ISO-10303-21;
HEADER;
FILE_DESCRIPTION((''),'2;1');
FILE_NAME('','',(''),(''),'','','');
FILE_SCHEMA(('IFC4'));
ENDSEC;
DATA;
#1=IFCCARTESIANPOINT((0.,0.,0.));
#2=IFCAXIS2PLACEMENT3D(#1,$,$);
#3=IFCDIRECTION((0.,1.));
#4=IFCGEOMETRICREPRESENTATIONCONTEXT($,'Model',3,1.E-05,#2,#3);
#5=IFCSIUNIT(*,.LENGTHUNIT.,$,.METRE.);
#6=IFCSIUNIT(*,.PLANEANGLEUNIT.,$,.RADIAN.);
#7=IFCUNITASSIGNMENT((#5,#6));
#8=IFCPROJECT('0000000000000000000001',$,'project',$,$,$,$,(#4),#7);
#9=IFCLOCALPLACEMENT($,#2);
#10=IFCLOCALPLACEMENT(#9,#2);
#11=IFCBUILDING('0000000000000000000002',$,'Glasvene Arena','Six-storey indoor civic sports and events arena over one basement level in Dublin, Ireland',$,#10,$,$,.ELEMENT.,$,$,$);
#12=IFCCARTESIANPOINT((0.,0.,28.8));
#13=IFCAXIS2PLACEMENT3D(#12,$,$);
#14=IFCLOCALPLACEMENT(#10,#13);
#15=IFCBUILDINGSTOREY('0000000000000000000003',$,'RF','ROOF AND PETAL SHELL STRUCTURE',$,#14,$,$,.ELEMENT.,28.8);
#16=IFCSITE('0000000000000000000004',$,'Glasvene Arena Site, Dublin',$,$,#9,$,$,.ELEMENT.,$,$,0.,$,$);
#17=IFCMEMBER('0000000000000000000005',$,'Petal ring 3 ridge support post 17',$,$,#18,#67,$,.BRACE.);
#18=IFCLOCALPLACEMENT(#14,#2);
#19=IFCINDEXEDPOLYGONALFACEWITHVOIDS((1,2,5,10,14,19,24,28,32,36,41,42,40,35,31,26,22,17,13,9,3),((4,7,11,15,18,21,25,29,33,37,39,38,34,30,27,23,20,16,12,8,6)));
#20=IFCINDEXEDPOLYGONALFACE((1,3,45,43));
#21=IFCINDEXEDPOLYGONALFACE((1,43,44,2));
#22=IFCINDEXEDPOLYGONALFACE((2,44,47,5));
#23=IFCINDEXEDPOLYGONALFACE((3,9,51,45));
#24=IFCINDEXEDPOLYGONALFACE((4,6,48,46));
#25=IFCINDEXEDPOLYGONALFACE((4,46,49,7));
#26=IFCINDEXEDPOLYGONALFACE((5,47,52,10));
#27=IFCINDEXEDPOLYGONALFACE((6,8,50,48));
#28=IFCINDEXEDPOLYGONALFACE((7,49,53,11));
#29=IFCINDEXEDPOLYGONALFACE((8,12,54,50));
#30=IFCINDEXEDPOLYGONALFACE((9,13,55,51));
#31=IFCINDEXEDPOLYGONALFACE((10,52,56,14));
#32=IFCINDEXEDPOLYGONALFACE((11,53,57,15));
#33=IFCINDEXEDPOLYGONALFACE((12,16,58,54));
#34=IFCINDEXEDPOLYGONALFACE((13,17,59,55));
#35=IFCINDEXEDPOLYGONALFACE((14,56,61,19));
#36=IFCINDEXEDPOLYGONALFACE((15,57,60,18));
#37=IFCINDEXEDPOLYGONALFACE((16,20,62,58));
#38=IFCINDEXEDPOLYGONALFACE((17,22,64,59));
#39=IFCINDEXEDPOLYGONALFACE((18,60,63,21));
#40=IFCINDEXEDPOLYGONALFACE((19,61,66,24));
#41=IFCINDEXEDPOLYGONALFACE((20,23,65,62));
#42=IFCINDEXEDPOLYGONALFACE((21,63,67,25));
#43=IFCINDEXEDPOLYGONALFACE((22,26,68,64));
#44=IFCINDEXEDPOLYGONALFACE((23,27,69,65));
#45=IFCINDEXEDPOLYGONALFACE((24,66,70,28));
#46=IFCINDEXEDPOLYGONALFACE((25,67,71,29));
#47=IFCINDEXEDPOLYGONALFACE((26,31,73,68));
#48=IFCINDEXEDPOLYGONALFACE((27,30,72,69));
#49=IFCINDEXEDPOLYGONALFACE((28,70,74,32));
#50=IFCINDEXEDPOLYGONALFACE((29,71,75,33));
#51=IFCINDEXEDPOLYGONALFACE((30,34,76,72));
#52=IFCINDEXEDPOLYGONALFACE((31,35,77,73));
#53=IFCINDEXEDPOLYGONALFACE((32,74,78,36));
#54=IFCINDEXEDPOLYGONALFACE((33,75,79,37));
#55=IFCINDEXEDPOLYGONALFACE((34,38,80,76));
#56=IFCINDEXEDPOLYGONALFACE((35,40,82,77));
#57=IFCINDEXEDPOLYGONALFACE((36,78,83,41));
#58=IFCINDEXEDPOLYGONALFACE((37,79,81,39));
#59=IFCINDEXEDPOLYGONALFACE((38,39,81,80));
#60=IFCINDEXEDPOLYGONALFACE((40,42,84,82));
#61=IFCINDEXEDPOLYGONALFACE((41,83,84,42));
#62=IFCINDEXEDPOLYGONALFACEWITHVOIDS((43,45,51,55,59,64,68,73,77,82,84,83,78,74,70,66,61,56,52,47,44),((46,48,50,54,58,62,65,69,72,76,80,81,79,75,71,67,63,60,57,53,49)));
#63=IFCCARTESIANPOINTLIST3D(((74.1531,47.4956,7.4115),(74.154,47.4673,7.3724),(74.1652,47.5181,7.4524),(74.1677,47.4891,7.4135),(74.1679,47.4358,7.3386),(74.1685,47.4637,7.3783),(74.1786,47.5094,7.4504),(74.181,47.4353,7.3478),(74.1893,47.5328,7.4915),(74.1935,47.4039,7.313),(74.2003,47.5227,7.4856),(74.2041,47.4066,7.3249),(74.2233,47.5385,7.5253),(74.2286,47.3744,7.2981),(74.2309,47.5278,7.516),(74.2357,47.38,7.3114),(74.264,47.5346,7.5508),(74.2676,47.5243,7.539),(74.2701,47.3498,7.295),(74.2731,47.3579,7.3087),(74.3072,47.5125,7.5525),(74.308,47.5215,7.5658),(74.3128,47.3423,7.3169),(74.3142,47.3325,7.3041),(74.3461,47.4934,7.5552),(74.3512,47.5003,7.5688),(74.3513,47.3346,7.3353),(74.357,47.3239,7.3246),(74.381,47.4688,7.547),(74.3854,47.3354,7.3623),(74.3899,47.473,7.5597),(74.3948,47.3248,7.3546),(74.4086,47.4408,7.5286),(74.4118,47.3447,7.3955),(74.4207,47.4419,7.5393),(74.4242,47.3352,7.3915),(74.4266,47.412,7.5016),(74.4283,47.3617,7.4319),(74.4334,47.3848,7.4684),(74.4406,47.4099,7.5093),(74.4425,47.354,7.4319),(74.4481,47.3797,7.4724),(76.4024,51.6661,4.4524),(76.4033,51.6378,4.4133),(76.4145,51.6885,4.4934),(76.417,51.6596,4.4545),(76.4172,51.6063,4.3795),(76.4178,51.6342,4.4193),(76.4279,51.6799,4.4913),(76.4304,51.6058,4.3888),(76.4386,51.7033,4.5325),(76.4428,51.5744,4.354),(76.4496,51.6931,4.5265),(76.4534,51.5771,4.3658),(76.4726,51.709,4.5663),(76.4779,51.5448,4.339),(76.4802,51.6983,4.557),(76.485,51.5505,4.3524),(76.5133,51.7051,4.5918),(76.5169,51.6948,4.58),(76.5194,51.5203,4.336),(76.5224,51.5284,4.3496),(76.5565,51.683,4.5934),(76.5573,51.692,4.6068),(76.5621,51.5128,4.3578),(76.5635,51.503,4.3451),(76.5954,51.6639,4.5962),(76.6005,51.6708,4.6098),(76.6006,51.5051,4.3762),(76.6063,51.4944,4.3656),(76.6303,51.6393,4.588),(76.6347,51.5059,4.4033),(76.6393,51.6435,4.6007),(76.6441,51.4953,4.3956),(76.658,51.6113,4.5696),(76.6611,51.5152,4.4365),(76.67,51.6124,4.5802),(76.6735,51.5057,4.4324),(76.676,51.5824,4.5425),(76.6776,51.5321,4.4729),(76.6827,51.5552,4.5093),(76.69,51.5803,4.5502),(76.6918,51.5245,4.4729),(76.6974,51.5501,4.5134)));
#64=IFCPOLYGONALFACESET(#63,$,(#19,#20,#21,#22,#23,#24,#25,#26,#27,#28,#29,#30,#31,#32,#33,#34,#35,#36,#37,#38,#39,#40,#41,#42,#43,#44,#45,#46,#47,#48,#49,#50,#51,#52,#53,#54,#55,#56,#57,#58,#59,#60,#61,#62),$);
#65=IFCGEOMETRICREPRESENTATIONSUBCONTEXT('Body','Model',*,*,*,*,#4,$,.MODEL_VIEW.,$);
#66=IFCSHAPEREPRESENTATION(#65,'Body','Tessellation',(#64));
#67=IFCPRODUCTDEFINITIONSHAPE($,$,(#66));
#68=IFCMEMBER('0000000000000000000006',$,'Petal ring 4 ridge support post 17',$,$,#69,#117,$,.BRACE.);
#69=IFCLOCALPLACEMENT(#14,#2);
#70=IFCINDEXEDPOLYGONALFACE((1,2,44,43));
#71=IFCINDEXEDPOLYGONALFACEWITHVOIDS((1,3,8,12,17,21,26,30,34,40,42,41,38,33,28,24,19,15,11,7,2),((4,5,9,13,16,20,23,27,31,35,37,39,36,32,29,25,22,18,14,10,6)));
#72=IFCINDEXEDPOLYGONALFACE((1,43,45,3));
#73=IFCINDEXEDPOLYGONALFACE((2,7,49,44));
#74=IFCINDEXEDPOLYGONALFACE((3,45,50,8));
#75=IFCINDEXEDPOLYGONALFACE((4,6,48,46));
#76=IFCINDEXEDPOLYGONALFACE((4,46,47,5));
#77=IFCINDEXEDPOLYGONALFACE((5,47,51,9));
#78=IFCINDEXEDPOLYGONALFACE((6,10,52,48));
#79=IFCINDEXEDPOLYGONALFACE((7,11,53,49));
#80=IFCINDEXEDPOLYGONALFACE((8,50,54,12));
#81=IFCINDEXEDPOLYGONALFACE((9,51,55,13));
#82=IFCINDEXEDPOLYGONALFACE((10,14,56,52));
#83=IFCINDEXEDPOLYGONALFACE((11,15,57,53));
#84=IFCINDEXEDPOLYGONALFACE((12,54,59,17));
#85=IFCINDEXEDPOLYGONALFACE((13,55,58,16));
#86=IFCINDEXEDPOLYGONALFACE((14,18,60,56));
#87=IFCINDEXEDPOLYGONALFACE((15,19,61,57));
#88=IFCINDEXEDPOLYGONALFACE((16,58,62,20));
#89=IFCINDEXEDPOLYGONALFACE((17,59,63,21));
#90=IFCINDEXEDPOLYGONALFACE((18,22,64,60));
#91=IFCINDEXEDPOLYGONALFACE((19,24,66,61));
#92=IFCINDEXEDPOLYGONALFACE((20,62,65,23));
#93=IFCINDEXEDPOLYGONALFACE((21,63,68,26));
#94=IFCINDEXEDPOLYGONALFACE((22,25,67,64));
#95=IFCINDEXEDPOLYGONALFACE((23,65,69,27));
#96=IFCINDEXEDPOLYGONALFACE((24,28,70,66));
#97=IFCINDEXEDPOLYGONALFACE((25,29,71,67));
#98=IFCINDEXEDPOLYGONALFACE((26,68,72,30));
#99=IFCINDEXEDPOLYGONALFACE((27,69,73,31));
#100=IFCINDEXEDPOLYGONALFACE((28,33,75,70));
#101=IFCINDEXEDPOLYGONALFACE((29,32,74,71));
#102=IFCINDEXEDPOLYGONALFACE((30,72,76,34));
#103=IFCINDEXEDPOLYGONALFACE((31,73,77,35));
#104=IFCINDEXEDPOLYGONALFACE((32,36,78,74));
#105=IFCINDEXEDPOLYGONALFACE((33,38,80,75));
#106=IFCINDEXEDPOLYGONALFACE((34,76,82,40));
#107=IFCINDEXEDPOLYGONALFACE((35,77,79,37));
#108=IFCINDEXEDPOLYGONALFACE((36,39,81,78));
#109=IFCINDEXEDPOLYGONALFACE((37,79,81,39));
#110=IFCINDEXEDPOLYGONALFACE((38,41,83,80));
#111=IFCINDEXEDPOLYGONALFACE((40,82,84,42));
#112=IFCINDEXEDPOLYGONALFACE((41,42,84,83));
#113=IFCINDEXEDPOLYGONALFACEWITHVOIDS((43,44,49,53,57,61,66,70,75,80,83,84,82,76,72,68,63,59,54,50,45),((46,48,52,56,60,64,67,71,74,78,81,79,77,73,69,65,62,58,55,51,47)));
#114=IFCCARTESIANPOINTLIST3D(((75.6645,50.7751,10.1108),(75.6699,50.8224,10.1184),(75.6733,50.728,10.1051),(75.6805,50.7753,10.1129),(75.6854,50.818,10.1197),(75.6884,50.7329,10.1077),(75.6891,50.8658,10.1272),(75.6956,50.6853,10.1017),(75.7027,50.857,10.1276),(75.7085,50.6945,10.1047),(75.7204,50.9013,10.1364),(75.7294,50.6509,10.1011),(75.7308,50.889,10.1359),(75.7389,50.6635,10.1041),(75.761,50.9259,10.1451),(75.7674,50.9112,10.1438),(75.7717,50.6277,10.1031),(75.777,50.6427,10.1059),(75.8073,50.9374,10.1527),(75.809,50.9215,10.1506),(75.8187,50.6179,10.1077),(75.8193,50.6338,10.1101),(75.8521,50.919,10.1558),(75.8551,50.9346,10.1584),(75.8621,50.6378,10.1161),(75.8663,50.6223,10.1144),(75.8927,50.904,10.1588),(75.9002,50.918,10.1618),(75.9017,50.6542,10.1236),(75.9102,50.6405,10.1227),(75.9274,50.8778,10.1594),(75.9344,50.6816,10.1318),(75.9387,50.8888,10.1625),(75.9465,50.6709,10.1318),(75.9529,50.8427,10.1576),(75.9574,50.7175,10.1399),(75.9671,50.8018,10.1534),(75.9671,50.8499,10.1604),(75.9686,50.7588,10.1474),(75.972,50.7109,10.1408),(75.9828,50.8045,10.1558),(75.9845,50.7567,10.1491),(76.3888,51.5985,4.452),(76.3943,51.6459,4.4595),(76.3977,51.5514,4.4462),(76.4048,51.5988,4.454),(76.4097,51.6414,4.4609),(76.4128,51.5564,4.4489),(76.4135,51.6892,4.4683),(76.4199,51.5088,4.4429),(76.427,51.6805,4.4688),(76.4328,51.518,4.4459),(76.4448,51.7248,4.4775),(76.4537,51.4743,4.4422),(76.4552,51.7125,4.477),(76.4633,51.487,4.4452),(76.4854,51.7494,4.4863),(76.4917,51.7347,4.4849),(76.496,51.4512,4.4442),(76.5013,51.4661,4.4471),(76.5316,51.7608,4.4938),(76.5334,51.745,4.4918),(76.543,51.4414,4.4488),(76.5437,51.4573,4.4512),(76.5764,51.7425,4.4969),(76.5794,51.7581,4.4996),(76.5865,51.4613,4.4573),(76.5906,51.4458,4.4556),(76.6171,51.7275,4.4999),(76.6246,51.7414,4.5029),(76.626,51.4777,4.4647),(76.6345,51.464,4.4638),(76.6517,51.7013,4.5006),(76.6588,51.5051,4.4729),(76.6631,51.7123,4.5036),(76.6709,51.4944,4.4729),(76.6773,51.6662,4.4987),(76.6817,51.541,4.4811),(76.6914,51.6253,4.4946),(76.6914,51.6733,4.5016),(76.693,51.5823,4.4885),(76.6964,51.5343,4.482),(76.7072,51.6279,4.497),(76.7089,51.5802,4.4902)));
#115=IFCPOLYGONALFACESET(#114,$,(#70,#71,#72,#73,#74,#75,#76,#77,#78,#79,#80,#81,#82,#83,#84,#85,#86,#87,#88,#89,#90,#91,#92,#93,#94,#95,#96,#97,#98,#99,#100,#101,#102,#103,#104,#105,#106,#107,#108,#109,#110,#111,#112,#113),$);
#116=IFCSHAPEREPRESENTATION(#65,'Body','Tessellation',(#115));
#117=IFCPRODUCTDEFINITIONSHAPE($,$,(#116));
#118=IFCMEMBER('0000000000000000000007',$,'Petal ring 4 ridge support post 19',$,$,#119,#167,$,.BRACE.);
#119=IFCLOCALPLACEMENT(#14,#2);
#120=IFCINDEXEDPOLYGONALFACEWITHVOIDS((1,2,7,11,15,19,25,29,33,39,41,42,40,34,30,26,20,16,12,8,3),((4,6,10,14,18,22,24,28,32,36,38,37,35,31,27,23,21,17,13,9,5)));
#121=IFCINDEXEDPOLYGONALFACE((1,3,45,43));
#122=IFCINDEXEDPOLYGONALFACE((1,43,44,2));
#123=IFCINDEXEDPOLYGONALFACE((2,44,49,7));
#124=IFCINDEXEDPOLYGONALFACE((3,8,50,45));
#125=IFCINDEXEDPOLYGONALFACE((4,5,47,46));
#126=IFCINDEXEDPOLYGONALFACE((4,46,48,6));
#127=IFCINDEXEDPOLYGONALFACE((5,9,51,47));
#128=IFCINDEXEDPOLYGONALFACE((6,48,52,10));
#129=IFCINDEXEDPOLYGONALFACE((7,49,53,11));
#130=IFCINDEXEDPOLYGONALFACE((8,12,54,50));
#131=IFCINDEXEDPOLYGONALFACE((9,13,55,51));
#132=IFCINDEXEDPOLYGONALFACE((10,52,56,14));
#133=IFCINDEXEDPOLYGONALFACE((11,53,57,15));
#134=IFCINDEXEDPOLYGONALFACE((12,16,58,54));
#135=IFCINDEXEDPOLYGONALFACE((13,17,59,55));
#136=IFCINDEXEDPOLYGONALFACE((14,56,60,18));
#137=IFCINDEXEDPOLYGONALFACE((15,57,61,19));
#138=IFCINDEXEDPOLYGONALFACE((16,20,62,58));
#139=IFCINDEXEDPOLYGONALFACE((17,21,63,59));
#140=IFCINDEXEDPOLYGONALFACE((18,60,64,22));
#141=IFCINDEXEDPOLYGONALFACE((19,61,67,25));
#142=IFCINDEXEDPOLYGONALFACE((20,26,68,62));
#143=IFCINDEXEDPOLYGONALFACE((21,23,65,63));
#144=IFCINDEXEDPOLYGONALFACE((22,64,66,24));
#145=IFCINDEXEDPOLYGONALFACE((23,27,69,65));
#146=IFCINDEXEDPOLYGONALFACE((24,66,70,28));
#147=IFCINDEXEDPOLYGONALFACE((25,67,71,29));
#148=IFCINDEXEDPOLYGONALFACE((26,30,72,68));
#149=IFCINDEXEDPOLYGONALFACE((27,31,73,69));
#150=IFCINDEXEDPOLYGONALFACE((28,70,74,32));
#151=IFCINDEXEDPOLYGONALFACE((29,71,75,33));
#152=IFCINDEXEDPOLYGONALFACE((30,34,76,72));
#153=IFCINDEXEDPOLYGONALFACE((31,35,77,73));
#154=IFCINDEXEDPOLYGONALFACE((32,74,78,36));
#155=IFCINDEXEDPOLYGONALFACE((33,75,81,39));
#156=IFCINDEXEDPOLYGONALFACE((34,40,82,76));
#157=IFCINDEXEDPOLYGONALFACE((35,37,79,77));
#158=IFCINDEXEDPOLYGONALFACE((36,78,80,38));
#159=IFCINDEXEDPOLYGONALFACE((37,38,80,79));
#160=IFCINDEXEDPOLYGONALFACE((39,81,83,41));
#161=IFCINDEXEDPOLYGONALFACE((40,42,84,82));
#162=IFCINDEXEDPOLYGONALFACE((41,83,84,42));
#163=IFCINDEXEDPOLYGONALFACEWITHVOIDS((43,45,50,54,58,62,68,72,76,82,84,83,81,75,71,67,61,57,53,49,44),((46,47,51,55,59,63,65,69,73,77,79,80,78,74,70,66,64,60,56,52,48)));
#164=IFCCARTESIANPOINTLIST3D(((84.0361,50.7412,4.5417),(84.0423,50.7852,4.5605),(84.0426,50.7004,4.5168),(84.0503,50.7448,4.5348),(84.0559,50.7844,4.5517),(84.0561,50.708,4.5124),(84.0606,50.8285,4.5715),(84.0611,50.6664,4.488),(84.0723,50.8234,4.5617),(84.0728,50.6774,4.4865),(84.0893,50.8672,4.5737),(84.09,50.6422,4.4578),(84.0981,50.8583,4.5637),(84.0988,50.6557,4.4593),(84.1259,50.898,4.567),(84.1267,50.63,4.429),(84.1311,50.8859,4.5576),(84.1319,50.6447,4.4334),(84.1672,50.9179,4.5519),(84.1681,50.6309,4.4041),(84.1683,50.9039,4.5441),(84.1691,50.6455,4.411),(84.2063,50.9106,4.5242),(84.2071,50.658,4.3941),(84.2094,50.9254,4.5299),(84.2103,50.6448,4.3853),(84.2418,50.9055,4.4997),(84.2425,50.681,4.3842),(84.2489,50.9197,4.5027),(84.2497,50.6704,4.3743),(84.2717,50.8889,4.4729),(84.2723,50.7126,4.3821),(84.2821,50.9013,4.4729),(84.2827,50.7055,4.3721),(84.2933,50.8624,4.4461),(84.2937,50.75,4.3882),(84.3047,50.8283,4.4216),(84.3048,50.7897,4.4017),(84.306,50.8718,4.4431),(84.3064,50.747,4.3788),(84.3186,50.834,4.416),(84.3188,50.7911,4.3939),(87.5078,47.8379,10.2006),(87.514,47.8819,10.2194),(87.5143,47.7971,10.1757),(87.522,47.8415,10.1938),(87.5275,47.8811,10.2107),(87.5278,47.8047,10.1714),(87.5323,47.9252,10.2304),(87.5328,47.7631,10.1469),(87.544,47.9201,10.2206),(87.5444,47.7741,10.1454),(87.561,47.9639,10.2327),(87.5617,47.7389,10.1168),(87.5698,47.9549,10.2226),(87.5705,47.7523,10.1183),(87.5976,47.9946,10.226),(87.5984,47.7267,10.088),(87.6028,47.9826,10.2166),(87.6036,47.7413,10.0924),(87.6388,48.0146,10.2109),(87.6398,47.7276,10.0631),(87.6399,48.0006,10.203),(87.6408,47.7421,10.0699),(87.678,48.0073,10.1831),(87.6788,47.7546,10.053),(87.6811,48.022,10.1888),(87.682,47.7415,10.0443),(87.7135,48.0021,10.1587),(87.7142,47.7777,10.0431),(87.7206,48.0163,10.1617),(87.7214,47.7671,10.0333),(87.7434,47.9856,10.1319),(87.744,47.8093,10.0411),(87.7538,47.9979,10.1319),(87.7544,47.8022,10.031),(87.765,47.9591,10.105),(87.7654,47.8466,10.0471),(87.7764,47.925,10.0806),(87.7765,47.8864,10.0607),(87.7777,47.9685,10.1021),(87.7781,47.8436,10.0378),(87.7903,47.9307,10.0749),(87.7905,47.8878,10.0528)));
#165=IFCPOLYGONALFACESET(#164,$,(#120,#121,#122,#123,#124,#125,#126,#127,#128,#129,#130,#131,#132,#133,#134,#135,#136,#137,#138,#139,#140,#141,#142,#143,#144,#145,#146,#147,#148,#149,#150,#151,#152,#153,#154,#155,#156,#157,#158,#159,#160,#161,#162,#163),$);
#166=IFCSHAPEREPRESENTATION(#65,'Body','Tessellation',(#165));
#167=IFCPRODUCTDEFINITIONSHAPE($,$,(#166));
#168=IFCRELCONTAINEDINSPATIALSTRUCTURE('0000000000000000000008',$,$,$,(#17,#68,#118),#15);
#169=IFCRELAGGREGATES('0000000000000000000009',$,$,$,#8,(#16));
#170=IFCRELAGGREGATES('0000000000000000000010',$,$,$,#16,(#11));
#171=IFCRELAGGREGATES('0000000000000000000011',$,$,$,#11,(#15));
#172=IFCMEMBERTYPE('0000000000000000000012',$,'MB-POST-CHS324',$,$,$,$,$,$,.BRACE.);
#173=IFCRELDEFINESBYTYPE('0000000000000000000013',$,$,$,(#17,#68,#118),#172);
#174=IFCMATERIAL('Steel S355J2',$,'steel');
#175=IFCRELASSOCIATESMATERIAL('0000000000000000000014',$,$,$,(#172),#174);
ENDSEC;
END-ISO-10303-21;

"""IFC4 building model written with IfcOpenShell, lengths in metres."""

from ifc_helpers import new_model, si_unit, direction, frame, origin, origin_2d, place, context, subcontext, project, spatial, hollow_circle, extrude, material, material_profile, profile_set, type_object, element, save


model = new_model("IFC4")

# Units and contexts
model_context = context("Model", 3, precision=1e-05, world=origin(), true_north=direction((0.0, 1.0)))
body_context = subcontext(model_context, "Body", "Model", "MODEL_VIEW")
ifc_project = project(units=[si_unit("LENGTHUNIT", "METRE"), si_unit("PLANEANGLEUNIT", "RADIAN")], contexts=[model_context])

# Site, building, storey
site_placement = place(None, origin())
site = spatial("IfcSite", under=ifc_project, at=site_placement, Name="Glasvene Arena Site, Dublin", CompositionType="ELEMENT", RefElevation=0.0)
building_placement = place(site_placement, origin())
building = spatial("IfcBuilding", under=site, at=building_placement, Name="Glasvene Arena", Description="Six-storey indoor civic sports and events arena over one basement level in Dublin, Ireland", CompositionType="ELEMENT")
storey_placement = place(building_placement, frame((0.0, 0.0, 28.8)))
storey = spatial("IfcBuildingStorey", under=building, at=storey_placement, Name="RF", Description="ROOF AND PETAL SHELL STRUCTURE", CompositionType="ELEMENT", Elevation=28.8)

# Shared definitions
ifc_material_1 = material(Name="Steel S355J2", Category="steel")

# Members
ifc_material_profile_1 = material_profile(ifc_material_1, hollow_circle(Radius=0.1619, WallThickness=0.0161, at=origin_2d()), Name="CHS 323.9x16.0")
ifc_profile_set_1 = profile_set([ifc_material_profile_1], Name="Steel S355J2")
member_type_1 = type_object("IfcMemberType", Name="MB-POST-CHS324", PredefinedType="BRACE", material=ifc_profile_set_1)
member_1_placement = place(storey_placement, frame((76.5493, 51.6013, 4.4729), z_axis=(-0.402638, -0.746538, 0.529683), x_axis=(0.880148, -0.474699, 0.0)))
element("IfcMember", 1, at=member_1_placement, inside=storey, type_object=member_type_1, Name="Petal ring 3 ridge support post 17", PredefinedType="BRACE", context=body_context, shape_type="SweptSolid", body=[
    extrude(hollow_circle(Radius=0.1619, WallThickness=0.0161, at=origin_2d()), origin(), (0.0, 0.0, 1.0), 5.5864),
])
member_2_placement = place(storey_placement, frame((76.5493, 51.6013, 4.4729), z_axis=(-0.125665, -0.142861, 0.981733), x_axis=(0.75085, -0.660472, 0.0)))
element("IfcMember", 2, at=member_2_placement, inside=storey, type_object=member_type_1, Name="Petal ring 4 ridge support post 17", PredefinedType="BRACE", context=body_context, shape_type="SweptSolid", body=[
    extrude(hollow_circle(Radius=0.1619, WallThickness=0.0161, at=origin_2d()), origin(), (0.0, 0.0, 1.0), 5.7642),
])
member_3_placement = place(storey_placement, frame((84.1782, 50.7771, 4.4729), z_axis=(0.479113, -0.400676, 0.780967), x_axis=(0.641521, 0.767106, 0.0)))
element("IfcMember", 3, at=member_3_placement, inside=storey, type_object=member_type_1, Name="Petal ring 4 ridge support post 19", PredefinedType="BRACE", context=body_context, shape_type="SweptSolid", body=[
    extrude(hollow_circle(Radius=0.1619, WallThickness=0.0161, at=origin_2d()), origin(), (0.0, 0.0, 1.0), 7.2461),
])

save(model, "model.ifc")
